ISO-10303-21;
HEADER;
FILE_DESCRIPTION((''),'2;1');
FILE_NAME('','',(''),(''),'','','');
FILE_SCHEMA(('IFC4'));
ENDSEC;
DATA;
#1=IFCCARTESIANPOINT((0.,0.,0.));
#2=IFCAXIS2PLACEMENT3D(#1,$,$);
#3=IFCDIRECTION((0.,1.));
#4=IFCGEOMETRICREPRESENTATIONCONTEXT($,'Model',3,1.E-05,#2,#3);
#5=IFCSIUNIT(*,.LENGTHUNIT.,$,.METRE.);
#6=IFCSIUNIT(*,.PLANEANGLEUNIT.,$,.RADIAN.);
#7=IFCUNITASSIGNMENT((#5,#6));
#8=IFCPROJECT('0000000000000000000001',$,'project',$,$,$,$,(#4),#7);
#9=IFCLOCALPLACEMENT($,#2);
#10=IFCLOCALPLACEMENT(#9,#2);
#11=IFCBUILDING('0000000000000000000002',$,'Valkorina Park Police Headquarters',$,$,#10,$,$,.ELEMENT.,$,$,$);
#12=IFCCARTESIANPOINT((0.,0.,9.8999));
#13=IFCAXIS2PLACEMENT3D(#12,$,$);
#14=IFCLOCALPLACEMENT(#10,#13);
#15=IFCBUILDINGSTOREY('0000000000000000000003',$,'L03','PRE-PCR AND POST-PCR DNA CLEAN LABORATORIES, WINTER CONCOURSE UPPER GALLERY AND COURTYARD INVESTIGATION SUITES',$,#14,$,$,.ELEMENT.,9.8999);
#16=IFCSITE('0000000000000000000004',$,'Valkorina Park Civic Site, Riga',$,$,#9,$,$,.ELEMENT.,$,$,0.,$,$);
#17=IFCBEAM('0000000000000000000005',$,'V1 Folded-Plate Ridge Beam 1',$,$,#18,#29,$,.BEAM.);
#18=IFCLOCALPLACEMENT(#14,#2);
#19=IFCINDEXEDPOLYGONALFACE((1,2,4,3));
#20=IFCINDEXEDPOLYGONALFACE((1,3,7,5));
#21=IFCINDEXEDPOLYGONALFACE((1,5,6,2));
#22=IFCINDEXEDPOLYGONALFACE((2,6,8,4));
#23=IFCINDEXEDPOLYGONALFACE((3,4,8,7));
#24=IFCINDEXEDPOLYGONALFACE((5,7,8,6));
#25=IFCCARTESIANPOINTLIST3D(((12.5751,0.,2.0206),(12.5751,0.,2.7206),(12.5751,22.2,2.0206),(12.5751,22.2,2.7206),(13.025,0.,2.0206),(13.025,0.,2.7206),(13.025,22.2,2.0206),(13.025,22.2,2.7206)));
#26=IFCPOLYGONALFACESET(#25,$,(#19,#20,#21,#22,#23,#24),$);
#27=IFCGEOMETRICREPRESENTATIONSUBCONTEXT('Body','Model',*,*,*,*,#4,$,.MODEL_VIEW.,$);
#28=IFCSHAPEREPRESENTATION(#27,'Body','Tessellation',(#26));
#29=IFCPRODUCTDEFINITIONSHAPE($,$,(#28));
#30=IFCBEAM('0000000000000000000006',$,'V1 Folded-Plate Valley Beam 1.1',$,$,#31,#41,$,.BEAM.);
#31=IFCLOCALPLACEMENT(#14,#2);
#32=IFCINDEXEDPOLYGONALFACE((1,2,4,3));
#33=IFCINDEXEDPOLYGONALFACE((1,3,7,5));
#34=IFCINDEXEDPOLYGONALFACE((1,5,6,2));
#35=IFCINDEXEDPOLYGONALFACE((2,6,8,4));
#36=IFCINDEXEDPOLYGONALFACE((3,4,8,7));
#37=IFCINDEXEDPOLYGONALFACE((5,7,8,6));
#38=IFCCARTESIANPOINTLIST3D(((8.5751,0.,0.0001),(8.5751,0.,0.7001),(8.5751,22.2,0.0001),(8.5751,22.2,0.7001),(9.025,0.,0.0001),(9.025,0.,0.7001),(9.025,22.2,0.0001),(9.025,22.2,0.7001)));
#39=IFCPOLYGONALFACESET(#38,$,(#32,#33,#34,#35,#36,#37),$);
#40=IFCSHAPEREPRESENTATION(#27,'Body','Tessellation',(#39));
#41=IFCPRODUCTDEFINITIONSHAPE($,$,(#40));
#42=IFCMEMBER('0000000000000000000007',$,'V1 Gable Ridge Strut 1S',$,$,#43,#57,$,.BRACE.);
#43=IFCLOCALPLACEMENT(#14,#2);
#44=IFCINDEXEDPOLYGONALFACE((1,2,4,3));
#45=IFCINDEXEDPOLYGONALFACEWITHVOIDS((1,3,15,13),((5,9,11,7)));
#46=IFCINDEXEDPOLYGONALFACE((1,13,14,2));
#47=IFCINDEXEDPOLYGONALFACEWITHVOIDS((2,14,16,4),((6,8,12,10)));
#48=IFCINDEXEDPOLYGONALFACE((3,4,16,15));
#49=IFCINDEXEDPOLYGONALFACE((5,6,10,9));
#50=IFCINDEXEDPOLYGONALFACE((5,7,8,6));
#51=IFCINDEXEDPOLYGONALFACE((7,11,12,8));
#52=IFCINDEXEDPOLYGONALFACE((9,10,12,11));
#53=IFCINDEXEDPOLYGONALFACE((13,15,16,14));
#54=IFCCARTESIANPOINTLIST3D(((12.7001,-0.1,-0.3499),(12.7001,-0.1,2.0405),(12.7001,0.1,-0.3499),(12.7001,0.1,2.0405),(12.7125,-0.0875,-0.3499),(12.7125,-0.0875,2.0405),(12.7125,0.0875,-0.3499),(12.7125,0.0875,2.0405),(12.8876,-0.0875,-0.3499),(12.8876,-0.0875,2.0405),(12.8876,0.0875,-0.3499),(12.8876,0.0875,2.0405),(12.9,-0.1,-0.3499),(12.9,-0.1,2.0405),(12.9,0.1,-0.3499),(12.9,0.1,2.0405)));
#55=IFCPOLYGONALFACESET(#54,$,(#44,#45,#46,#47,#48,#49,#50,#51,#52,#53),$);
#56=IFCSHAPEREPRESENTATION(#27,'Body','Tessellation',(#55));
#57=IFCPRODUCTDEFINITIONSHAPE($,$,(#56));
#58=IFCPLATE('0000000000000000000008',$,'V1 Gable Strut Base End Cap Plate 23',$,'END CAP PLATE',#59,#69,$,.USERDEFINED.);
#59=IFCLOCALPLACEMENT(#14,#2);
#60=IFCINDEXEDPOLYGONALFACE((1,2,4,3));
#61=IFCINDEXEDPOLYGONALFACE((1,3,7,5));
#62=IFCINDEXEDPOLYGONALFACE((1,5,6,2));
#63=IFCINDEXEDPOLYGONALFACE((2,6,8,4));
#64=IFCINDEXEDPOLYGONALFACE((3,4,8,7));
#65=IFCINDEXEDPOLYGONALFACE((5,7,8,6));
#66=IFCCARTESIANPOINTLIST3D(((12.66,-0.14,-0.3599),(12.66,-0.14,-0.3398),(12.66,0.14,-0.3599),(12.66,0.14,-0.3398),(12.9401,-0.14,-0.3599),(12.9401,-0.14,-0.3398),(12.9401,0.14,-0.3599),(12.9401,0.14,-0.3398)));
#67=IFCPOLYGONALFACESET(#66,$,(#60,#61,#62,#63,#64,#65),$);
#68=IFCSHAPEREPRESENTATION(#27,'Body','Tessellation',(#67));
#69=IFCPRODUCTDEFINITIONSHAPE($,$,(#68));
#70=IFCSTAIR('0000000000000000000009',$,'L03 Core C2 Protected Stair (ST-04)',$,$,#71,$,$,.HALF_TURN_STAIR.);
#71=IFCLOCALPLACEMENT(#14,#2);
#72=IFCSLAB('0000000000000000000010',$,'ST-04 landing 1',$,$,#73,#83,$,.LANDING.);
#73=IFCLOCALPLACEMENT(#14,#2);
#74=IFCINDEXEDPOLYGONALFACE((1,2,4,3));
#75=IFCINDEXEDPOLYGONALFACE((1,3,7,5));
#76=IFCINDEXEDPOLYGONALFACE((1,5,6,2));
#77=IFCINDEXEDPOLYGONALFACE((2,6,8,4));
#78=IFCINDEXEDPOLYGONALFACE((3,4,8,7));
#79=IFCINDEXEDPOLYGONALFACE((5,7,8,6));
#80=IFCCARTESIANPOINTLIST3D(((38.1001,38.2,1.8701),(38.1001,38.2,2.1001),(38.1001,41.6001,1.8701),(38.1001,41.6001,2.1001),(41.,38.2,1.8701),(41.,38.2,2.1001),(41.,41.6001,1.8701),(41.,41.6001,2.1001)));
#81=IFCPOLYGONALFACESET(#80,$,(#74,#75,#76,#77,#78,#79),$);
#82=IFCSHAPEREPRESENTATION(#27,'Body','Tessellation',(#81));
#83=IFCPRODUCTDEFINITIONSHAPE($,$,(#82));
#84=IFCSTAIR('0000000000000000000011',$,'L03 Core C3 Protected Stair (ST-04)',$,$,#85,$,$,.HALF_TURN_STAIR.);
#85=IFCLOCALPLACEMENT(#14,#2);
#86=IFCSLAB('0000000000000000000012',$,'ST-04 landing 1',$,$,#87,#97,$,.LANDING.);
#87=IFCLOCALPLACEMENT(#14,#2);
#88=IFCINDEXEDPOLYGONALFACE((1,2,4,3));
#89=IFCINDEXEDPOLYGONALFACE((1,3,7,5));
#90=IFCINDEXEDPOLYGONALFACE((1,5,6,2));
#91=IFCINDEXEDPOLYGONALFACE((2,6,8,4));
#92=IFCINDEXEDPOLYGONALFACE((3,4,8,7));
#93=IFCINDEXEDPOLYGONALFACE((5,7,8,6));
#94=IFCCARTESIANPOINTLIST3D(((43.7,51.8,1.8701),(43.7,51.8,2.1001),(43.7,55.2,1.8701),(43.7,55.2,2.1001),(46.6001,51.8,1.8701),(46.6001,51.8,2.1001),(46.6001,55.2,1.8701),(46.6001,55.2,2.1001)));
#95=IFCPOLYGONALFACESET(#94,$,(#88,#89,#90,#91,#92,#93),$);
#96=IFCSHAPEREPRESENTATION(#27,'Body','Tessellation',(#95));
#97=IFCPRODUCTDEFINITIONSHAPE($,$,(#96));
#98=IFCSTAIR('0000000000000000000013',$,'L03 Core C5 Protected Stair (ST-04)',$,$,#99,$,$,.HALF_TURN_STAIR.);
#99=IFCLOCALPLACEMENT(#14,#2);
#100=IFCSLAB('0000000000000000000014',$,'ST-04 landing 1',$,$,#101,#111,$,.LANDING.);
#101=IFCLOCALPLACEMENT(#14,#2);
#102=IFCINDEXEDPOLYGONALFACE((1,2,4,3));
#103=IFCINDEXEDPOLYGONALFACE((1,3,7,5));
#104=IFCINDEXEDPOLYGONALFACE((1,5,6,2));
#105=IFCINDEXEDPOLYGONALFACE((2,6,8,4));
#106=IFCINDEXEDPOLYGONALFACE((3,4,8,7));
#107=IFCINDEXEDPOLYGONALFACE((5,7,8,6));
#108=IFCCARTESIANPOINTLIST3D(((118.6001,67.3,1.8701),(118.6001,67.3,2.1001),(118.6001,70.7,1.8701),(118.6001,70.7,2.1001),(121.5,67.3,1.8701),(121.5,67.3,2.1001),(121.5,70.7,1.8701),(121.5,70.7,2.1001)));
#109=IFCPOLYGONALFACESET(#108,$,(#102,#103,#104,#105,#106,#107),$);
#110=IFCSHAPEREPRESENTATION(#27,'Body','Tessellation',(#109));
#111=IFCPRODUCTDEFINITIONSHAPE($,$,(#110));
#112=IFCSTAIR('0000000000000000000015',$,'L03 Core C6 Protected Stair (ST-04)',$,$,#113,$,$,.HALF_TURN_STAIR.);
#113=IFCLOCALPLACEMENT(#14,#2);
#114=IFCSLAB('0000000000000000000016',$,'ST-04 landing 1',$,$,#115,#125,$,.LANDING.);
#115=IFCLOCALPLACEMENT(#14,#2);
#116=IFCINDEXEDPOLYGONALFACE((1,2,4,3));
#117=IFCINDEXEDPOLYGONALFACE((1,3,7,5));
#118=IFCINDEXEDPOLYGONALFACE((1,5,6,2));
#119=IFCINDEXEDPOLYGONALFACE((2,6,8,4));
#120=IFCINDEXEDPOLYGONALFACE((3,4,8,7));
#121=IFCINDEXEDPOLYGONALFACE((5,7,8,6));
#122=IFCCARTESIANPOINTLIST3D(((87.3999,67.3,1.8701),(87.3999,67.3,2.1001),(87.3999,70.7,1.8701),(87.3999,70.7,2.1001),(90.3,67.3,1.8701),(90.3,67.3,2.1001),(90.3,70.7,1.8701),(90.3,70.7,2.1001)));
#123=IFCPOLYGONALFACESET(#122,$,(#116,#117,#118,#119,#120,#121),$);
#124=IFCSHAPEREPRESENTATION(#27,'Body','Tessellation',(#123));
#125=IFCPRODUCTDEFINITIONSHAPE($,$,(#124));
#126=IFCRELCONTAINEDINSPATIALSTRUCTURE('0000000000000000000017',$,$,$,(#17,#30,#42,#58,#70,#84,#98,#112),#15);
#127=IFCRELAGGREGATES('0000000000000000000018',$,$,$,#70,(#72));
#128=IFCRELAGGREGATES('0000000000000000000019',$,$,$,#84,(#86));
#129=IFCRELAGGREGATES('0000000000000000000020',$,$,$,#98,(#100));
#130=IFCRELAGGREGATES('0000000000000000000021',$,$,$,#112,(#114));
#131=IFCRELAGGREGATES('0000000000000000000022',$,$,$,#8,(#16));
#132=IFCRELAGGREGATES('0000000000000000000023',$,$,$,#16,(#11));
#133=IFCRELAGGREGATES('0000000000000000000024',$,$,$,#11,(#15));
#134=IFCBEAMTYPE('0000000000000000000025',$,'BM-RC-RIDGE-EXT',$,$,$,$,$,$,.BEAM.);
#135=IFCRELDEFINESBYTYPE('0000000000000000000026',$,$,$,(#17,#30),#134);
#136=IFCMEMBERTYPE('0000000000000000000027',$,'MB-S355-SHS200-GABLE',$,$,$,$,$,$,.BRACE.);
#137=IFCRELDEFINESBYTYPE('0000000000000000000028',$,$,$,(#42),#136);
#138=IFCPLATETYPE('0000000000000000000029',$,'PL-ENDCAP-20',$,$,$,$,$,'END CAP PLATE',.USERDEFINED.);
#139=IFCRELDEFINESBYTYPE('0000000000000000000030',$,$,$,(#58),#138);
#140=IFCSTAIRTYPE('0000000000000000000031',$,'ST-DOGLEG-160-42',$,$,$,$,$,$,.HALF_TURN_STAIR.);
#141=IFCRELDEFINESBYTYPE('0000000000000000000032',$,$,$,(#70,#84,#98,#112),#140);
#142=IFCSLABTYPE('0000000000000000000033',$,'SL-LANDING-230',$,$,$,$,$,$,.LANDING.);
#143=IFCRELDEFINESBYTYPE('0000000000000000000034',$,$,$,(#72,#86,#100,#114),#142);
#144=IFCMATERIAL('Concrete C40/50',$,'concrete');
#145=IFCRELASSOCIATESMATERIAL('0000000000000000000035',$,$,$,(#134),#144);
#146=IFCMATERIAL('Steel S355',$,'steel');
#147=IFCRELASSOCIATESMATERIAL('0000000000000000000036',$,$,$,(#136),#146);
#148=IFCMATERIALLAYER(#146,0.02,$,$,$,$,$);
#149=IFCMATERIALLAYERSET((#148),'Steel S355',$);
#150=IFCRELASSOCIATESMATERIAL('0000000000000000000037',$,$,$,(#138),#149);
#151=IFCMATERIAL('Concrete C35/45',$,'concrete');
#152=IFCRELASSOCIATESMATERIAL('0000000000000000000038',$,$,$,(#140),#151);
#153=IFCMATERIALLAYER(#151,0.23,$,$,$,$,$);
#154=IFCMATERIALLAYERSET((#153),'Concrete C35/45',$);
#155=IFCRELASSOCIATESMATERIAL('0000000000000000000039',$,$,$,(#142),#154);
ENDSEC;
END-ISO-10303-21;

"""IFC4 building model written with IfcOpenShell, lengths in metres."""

from ifc_helpers import new_model, si_unit, direction, frame, origin, origin_2d, place, context, subcontext, project, spatial, polyline, rectangle, hollow_rectangle, outline, extrude, material, layer, layer_set, material_profile, profile_set, type_object, element, aggregate, save


model = new_model("IFC4")

# Units and contexts
model_context = context("Model", 3, precision=1e-05, world=origin(), true_north=direction((0.0, 1.0)))
body_context = subcontext(model_context, "Body", "Model", "MODEL_VIEW")
ifc_project = project(units=[si_unit("LENGTHUNIT", "METRE"), si_unit("PLANEANGLEUNIT", "RADIAN")], contexts=[model_context])

# Site, building, storey
site_placement = place(None, origin())
site = spatial("IfcSite", under=ifc_project, at=site_placement, Name="Valkorina Park Civic Site, Riga", CompositionType="ELEMENT", RefElevation=0.0)
building_placement = place(site_placement, origin())
building = spatial("IfcBuilding", under=site, at=building_placement, Name="Valkorina Park Police Headquarters", CompositionType="ELEMENT")
storey_placement = place(building_placement, frame((0.0, 0.0, 9.8999)))
storey = spatial("IfcBuildingStorey", under=building, at=storey_placement, Name="L03", Description="PRE-PCR AND POST-PCR DNA CLEAN LABORATORIES, WINTER CONCOURSE UPPER GALLERY AND COURTYARD INVESTIGATION SUITES", CompositionType="ELEMENT", Elevation=9.8999)

# Beams
ifc_material_1 = material(Name="Concrete C40/50", Category="concrete")
ifc_material_profile_1 = material_profile(ifc_material_1, rectangle(XDim=0.45, YDim=0.7, at=origin_2d()), Name="RC RIDGE 450x700")
ifc_profile_set_1 = profile_set([ifc_material_profile_1], Name="Concrete C40/50")
beam_type = type_object("IfcBeamType", Name="BM-RC-RIDGE-EXT", PredefinedType="BEAM", material=ifc_profile_set_1)
for number, where, z_axis, x_axis, name in (
    (1, (12.8, 0.0, 2.3706), (0.0, 1.0, 0.0), (-1.0, 0.0, 0.0), "V1 Folded-Plate Ridge Beam 1"),
    (2, (8.8, 0.0, 0.3501), (0.0, 1.0, 0.0), (-1.0, 0.0, 0.0), "V1 Folded-Plate Valley Beam 1.1"),
):
    element("IfcBeam", number, at=place(storey_placement, frame(where, z_axis=z_axis, x_axis=x_axis)), inside=storey, type_object=beam_type, Name=name, PredefinedType="BEAM", context=body_context, shape_type="SweptSolid", body=[
        extrude(rectangle(XDim=0.45, YDim=0.7, at=origin_2d()), origin(), (0.0, 0.0, 1.0), 22.2),
    ])

# Member
ifc_material_2 = material(Name="Steel S355", Category="steel")
ifc_material_profile_2 = material_profile(ifc_material_2, hollow_rectangle(XDim=0.2, YDim=0.2, WallThickness=0.0125, at=origin_2d()), Name="SHS 200x200x12.5")
ifc_profile_set_2 = profile_set([ifc_material_profile_2], Name="Steel S355")
member_type = type_object("IfcMemberType", Name="MB-S355-SHS200-GABLE", PredefinedType="BRACE", material=ifc_profile_set_2)
member_placement = place(storey_placement, frame((12.8, 0.0, -0.3499), z_axis=(0.0, 0.0, 1.0), x_axis=(1.0, 0.0, 0.0)))
element("IfcMember", 3, at=member_placement, inside=storey, type_object=member_type, Name="V1 Gable Ridge Strut 1S", PredefinedType="BRACE", context=body_context, shape_type="SweptSolid", body=[
    extrude(hollow_rectangle(XDim=0.2, YDim=0.2, WallThickness=0.0125, at=origin_2d()), origin(), (0.0, 0.0, 1.0), 2.3904),
])

# Plate
ifc_layer_1 = layer(ifc_material_2, 0.02)
ifc_layer_set_1 = layer_set([ifc_layer_1], Name="Steel S355")
plate_type = type_object("IfcPlateType", Name="PL-ENDCAP-20", ElementType="END CAP PLATE", PredefinedType="USERDEFINED", material=ifc_layer_set_1)
plate_placement = place(storey_placement, frame((12.8, 0.0, -0.3599), z_axis=(0.0, 0.0, 1.0), x_axis=(1.0, 0.0, 0.0)))
element("IfcPlate", 4, at=plate_placement, inside=storey, type_object=plate_type, Name="V1 Gable Strut Base End Cap Plate 23", ObjectType="END CAP PLATE", PredefinedType="USERDEFINED", context=body_context, shape_type="SweptSolid", body=[
    extrude(rectangle(XDim=0.28, YDim=0.28, at=origin_2d()), origin(), (0.0, 0.0, 1.0), 0.02),
])

# Stairs, slabs
ifc_material_3 = material(Name="Concrete C35/45", Category="concrete")
stair_type = type_object("IfcStairType", Name="ST-DOGLEG-160-42", PredefinedType="HALF_TURN_STAIR", material=ifc_material_3)
stair_1_placement = place(storey_placement, origin())
stair_1 = element("IfcStair", 5, at=stair_1_placement, inside=storey, type_object=stair_type, Name="L03 Core C2 Protected Stair (ST-04)", PredefinedType="HALF_TURN_STAIR")
ifc_layer_2 = layer(ifc_material_3, 0.23)
ifc_layer_set_2 = layer_set([ifc_layer_2], Name="Concrete C35/45")
slab_type = type_object("IfcSlabType", Name="SL-LANDING-230", PredefinedType="LANDING", material=ifc_layer_set_2)
slab_1_placement = place(storey_placement, frame((0.0, 0.0, 1.8701)))
slab_1 = element("IfcSlab", 6, at=slab_1_placement, type_object=slab_type, Name="ST-04 landing 1", PredefinedType="LANDING", context=body_context, shape_type="SweptSolid", body=[
    extrude(outline(polyline([(38.1001, 38.2), (41.0, 38.2), (41.0, 41.6001), (38.1001, 41.6001), (38.1001, 38.2)])), origin(), (0.0, 0.0, 1.0), 0.23),
])
aggregate(stair_1, [slab_1])
stair_2_placement = place(storey_placement, origin())
stair_2 = element("IfcStair", 7, at=stair_2_placement, inside=storey, type_object=stair_type, Name="L03 Core C3 Protected Stair (ST-04)", PredefinedType="HALF_TURN_STAIR")
slab_2_placement = place(storey_placement, frame((0.0, 0.0, 1.8701)))
slab_2 = element("IfcSlab", 8, at=slab_2_placement, type_object=slab_type, Name="ST-04 landing 1", PredefinedType="LANDING", context=body_context, shape_type="SweptSolid", body=[
    extrude(outline(polyline([(43.7, 51.8), (46.6001, 51.8), (46.6001, 55.2), (43.7, 55.2), (43.7, 51.8)])), origin(), (0.0, 0.0, 1.0), 0.23),
])
aggregate(stair_2, [slab_2])
stair_3_placement = place(storey_placement, origin())
stair_3 = element("IfcStair", 9, at=stair_3_placement, inside=storey, type_object=stair_type, Name="L03 Core C5 Protected Stair (ST-04)", PredefinedType="HALF_TURN_STAIR")
slab_3_placement = place(storey_placement, frame((0.0, 0.0, 1.8701)))
slab_3 = element("IfcSlab", 10, at=slab_3_placement, type_object=slab_type, Name="ST-04 landing 1", PredefinedType="LANDING", context=body_context, shape_type="SweptSolid", body=[
    extrude(outline(polyline([(118.6001, 67.3), (121.5, 67.3), (121.5, 70.7), (118.6001, 70.7), (118.6001, 67.3)])), origin(), (0.0, 0.0, 1.0), 0.23),
])
aggregate(stair_3, [slab_3])
stair_4_placement = place(storey_placement, origin())
stair_4 = element("IfcStair", 11, at=stair_4_placement, inside=storey, type_object=stair_type, Name="L03 Core C6 Protected Stair (ST-04)", PredefinedType="HALF_TURN_STAIR")
slab_4_placement = place(storey_placement, frame((0.0, 0.0, 1.8701)))
slab_4 = element("IfcSlab", 12, at=slab_4_placement, type_object=slab_type, Name="ST-04 landing 1", PredefinedType="LANDING", context=body_context, shape_type="SweptSolid", body=[
    extrude(outline(polyline([(87.3999, 67.3), (90.3, 67.3), (90.3, 70.7), (87.3999, 70.7), (87.3999, 67.3)])), origin(), (0.0, 0.0, 1.0), 0.23),
])
aggregate(stair_4, [slab_4])

save(model, "model.ifc")
